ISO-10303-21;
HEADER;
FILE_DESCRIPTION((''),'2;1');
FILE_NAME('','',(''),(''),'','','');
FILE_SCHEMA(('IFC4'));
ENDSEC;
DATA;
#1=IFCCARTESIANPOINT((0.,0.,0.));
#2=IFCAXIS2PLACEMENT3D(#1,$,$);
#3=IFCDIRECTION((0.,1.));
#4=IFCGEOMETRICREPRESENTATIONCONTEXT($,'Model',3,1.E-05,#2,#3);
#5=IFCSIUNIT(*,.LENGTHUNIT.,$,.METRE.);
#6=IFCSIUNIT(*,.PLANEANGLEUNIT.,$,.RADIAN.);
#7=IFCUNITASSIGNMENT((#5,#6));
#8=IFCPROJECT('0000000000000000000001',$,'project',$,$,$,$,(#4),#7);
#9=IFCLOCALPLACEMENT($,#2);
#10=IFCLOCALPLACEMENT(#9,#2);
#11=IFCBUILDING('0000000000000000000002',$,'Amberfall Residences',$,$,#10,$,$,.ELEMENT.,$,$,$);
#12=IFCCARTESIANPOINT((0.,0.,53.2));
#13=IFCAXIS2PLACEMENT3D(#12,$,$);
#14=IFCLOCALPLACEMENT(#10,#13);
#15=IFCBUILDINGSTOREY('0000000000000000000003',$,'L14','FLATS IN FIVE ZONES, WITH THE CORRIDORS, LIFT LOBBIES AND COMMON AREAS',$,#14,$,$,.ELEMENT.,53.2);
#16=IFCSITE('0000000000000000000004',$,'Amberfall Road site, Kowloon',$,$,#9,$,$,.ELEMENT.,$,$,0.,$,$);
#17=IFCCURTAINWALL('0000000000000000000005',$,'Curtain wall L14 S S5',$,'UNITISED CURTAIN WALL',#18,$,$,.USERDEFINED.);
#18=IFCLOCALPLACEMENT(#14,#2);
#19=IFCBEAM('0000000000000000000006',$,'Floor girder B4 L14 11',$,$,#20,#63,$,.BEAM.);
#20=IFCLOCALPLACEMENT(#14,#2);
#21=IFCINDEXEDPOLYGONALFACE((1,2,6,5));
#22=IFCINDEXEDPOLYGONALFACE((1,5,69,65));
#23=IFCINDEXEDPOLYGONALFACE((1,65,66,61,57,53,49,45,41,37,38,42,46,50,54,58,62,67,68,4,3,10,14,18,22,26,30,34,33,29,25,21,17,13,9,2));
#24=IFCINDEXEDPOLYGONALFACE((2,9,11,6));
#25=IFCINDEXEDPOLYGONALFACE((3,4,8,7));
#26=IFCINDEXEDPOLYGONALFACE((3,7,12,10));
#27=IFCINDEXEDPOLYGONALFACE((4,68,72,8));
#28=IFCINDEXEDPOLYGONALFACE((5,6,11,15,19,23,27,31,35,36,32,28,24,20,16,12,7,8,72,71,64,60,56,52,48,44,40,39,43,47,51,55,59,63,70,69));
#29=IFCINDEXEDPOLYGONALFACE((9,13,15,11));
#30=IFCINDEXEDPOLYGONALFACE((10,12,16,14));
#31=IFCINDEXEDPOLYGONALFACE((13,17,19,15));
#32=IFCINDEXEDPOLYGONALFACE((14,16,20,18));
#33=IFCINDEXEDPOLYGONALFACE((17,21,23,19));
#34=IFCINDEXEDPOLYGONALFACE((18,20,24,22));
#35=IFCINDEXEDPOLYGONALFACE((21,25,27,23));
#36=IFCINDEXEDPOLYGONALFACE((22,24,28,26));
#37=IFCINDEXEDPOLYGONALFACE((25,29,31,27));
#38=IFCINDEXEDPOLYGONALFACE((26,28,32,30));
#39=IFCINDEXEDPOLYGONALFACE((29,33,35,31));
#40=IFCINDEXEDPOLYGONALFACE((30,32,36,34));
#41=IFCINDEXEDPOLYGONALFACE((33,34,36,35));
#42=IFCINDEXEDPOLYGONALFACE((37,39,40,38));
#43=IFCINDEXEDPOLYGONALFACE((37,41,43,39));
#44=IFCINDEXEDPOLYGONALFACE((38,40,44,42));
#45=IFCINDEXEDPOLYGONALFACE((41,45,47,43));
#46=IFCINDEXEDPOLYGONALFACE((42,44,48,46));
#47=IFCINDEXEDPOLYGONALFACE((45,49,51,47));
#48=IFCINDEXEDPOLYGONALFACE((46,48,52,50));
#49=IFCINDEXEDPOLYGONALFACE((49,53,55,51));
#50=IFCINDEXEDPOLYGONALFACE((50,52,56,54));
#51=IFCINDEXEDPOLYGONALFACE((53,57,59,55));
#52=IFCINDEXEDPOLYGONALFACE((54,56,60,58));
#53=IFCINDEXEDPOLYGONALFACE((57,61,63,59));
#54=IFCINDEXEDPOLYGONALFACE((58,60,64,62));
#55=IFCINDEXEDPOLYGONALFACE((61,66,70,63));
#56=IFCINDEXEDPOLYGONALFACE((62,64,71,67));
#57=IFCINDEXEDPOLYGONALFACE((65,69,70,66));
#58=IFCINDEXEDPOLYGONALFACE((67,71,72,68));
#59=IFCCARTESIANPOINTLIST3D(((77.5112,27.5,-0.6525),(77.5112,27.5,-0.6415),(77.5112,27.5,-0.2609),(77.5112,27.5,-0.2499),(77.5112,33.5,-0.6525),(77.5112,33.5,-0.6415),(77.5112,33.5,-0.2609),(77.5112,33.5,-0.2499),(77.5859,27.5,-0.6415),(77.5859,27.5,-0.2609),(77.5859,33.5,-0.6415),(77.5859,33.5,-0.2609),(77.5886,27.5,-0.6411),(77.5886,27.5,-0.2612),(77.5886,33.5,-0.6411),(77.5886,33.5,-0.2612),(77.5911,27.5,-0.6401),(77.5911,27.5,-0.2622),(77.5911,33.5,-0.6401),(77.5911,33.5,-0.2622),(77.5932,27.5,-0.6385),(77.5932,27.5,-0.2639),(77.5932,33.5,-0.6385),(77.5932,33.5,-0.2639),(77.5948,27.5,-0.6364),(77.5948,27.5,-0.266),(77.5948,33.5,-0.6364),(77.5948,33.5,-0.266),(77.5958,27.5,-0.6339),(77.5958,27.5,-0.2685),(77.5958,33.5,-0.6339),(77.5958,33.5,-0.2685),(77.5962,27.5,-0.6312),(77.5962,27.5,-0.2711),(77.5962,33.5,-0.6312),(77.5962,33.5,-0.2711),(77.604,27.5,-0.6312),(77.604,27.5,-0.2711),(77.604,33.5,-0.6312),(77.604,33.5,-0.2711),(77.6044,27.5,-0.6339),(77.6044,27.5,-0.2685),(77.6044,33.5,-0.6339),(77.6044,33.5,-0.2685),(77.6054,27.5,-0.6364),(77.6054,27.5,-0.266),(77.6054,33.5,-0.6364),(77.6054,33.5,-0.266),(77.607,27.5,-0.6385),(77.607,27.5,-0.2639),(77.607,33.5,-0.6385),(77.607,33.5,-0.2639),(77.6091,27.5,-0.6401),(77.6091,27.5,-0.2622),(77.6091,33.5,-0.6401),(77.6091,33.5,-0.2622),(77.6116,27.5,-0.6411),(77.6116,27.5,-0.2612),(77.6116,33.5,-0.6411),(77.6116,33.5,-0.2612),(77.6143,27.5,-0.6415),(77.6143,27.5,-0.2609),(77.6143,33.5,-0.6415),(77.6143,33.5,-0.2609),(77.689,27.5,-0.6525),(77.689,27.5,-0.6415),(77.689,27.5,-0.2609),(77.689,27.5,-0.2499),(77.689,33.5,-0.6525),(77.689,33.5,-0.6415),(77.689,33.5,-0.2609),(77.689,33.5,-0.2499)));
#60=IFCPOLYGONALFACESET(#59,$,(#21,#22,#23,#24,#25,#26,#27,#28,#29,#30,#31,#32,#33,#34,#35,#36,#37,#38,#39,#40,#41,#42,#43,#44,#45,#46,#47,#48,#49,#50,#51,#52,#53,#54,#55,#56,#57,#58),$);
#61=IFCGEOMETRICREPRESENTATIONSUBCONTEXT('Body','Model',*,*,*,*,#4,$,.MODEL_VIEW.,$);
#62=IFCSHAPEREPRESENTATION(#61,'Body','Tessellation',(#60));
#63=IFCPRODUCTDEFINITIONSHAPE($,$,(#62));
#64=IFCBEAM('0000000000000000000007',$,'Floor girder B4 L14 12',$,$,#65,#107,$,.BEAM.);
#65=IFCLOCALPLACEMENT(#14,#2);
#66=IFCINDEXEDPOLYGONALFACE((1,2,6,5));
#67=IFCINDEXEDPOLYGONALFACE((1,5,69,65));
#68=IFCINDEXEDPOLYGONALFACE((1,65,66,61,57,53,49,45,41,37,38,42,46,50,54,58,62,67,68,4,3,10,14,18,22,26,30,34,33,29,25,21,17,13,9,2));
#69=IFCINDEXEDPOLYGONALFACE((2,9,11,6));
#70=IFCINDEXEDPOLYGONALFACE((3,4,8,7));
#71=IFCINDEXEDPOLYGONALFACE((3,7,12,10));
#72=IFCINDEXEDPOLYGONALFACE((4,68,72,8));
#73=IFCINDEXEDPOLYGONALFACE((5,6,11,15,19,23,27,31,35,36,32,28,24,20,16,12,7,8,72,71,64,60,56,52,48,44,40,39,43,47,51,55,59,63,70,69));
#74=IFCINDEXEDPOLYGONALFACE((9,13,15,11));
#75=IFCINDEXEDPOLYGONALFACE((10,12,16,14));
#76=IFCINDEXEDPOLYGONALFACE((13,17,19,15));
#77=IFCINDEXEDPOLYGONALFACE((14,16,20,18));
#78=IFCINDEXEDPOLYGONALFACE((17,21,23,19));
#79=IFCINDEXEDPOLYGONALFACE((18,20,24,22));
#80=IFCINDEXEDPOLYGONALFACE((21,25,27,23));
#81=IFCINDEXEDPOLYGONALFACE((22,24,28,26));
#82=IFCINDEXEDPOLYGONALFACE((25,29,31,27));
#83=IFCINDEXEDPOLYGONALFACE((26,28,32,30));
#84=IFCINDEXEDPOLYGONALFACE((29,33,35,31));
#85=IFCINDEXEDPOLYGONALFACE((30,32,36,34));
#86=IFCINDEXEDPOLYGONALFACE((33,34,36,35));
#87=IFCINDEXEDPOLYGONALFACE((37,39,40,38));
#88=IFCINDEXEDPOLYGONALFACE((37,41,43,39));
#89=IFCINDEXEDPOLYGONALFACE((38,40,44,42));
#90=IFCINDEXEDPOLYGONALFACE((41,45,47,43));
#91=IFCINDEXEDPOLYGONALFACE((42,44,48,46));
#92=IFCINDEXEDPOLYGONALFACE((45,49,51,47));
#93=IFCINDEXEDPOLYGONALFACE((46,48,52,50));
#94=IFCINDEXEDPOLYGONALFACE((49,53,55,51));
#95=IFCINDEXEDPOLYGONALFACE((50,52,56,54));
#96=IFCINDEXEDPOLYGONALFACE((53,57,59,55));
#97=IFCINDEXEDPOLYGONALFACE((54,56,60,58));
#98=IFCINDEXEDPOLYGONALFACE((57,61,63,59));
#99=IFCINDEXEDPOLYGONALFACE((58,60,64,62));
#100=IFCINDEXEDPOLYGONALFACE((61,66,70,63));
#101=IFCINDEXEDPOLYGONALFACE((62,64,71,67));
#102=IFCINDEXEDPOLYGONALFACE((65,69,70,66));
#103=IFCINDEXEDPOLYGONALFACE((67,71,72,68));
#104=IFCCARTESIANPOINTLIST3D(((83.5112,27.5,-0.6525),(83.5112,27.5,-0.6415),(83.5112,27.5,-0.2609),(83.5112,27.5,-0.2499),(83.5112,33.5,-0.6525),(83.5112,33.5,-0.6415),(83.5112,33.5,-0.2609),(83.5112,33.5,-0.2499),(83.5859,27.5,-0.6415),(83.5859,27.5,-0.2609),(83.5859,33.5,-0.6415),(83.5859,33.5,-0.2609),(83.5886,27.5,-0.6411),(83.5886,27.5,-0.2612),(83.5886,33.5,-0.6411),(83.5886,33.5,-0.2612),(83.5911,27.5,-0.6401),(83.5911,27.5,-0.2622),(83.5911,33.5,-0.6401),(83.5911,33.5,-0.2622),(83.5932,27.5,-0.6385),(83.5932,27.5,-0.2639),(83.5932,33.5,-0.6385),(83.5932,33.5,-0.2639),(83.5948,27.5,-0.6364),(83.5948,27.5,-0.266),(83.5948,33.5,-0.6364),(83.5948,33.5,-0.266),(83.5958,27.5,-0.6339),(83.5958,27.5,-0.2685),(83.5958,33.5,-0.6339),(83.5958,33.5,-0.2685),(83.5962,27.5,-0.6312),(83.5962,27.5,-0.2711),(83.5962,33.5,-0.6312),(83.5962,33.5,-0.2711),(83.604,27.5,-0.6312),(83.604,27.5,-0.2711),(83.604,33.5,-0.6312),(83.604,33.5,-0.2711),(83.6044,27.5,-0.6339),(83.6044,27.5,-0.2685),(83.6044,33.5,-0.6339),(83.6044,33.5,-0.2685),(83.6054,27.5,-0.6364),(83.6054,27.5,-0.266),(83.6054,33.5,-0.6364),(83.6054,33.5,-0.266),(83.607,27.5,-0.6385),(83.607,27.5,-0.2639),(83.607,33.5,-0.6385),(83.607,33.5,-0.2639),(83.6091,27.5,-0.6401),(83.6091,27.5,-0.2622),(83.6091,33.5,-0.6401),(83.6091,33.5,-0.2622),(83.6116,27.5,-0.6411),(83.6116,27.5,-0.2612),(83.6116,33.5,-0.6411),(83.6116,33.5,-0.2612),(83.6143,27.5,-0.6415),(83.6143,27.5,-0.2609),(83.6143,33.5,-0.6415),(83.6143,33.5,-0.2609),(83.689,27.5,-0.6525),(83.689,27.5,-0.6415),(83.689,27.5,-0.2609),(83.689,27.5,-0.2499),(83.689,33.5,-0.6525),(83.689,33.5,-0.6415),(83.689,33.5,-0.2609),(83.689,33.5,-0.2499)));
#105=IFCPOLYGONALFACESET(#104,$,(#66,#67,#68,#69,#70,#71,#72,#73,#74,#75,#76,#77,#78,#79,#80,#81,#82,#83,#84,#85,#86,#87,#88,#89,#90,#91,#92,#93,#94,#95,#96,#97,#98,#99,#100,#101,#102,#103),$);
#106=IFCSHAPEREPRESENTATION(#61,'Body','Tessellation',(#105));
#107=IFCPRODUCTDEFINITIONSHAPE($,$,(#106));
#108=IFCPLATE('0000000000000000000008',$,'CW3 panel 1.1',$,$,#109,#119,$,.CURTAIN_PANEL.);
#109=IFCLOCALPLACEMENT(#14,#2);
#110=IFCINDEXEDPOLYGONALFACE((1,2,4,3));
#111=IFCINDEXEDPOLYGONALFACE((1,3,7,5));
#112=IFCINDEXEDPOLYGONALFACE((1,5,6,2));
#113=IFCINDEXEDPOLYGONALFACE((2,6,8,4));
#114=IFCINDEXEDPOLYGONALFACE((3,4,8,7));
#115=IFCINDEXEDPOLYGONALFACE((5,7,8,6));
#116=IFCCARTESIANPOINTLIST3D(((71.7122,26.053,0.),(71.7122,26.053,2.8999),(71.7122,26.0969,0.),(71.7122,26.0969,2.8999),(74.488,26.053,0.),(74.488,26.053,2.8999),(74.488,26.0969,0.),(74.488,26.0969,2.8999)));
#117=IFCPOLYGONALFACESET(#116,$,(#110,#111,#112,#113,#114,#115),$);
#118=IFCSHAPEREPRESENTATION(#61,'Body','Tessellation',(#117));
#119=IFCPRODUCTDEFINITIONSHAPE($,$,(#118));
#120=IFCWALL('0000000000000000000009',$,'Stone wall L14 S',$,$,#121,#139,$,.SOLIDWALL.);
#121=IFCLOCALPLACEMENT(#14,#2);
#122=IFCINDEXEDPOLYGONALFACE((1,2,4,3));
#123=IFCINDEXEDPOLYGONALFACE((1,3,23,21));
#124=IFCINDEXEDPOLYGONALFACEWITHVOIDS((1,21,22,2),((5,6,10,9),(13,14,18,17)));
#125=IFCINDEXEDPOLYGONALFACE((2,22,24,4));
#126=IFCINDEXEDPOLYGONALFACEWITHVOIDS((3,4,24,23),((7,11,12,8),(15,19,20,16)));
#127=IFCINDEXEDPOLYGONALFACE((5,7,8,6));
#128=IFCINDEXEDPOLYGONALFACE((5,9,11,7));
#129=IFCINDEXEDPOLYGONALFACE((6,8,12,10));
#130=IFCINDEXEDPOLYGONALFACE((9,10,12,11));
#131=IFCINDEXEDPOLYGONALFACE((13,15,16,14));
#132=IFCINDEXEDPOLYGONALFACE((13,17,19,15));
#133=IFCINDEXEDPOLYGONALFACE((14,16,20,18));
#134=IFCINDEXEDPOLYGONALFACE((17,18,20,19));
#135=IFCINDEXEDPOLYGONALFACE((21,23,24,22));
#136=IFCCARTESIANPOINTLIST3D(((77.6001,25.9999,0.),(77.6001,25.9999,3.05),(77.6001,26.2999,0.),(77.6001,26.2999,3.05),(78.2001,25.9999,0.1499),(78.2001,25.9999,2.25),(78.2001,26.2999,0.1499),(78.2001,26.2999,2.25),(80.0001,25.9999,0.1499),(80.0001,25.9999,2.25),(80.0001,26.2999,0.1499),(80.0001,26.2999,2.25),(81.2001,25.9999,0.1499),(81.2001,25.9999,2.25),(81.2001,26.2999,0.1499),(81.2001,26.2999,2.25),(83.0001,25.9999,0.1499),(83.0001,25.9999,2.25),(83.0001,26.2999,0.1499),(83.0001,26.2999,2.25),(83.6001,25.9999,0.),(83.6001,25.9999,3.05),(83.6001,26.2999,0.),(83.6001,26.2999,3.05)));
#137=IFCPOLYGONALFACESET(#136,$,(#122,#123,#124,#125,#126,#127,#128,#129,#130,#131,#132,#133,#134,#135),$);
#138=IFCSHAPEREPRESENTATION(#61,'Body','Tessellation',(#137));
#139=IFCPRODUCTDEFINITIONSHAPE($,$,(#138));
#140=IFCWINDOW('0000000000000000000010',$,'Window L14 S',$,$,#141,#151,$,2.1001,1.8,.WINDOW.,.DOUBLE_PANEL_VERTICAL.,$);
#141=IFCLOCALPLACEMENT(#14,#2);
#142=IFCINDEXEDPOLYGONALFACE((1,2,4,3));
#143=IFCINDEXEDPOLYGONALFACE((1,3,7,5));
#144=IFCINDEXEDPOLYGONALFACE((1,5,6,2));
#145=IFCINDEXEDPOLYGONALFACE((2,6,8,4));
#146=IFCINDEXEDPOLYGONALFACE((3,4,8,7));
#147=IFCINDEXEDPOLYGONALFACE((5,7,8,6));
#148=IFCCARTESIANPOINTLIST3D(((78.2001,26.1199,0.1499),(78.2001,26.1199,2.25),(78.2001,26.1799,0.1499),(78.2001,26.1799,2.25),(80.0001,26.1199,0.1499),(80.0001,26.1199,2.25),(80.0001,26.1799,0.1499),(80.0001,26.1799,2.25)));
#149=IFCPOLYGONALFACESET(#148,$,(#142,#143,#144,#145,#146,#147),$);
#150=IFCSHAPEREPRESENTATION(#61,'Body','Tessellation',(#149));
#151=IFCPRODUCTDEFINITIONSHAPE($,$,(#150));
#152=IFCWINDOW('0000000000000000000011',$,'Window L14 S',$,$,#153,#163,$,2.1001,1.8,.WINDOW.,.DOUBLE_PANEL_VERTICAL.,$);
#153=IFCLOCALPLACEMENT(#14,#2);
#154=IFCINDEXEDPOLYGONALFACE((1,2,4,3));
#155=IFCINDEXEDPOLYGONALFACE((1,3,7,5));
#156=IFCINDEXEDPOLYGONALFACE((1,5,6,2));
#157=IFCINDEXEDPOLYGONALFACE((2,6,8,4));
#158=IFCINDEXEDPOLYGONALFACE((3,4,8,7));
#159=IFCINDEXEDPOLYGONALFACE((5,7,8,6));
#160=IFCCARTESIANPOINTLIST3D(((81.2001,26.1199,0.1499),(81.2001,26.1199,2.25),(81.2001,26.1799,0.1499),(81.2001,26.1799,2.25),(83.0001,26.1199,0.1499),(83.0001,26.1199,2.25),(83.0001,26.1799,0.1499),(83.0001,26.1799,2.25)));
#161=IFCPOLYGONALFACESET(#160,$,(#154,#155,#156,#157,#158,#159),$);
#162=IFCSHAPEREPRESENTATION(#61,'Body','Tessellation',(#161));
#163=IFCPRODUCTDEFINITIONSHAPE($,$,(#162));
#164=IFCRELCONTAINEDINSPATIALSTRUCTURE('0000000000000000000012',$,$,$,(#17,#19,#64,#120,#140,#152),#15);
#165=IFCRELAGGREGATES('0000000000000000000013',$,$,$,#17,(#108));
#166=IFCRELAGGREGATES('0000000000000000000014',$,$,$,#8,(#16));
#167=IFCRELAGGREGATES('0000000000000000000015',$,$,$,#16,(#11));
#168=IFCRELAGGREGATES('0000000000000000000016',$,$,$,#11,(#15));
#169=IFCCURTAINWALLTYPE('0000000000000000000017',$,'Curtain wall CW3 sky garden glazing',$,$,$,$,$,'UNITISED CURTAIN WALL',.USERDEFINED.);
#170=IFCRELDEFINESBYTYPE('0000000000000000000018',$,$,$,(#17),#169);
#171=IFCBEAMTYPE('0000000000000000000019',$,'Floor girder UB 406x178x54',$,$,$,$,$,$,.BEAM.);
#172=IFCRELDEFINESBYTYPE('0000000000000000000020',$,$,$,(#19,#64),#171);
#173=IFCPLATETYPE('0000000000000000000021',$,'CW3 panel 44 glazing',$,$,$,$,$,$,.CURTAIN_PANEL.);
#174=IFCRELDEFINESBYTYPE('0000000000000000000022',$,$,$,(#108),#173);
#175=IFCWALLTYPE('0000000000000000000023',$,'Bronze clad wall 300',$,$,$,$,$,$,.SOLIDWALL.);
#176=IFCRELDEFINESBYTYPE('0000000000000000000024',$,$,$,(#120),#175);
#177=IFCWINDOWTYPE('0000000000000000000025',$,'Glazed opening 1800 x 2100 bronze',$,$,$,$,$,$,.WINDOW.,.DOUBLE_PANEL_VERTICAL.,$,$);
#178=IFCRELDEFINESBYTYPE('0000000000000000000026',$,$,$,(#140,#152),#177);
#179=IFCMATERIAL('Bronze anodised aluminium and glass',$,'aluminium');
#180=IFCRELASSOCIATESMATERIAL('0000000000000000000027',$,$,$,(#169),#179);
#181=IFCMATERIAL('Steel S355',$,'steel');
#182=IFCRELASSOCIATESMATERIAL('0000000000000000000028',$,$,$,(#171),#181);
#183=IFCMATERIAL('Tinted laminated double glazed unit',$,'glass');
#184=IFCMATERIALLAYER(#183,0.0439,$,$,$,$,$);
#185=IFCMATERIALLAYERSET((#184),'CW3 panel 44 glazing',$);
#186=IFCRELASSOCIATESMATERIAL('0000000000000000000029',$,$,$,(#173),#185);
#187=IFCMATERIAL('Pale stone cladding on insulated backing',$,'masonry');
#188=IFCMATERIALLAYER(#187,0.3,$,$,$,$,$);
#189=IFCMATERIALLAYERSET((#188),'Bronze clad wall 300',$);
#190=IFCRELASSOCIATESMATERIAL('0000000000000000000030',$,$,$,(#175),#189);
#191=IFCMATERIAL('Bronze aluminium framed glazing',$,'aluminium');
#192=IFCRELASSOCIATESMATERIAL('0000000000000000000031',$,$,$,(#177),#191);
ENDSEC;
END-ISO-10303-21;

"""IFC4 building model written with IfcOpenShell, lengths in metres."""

from ifc_helpers import new_model, si_unit, direction, frame, frame_2d, origin, origin_2d, place, context, subcontext, project, spatial, rectangle, i_section, extrude, material, layer, layer_set, material_profile, profile_set, type_object, element, fill, aggregate, save


model = new_model("IFC4")

# Units and contexts
model_context = context("Model", 3, precision=1e-05, world=origin(), true_north=direction((0.0, 1.0)))
body_context = subcontext(model_context, "Body", "Model", "MODEL_VIEW")
ifc_project = project(units=[si_unit("LENGTHUNIT", "METRE"), si_unit("PLANEANGLEUNIT", "RADIAN")], contexts=[model_context])

# Site, building, storey
site_placement = place(None, origin())
site = spatial("IfcSite", under=ifc_project, at=site_placement, Name="Amberfall Road site, Kowloon", CompositionType="ELEMENT", RefElevation=0.0)
building_placement = place(site_placement, origin())
building = spatial("IfcBuilding", under=site, at=building_placement, Name="Amberfall Residences", CompositionType="ELEMENT")
storey_placement = place(building_placement, frame((0.0, 0.0, 53.2)))
storey = spatial("IfcBuildingStorey", under=building, at=storey_placement, Name="L14", Description="FLATS IN FIVE ZONES, WITH THE CORRIDORS, LIFT LOBBIES AND COMMON AREAS", CompositionType="ELEMENT", Elevation=53.2)

# Curtain wall
ifc_material_1 = material(Name="Bronze anodised aluminium and glass", Category="aluminium")
curtain_wall_type = type_object("IfcCurtainWallType", Name="Curtain wall CW3 sky garden glazing", ElementType="UNITISED CURTAIN WALL", PredefinedType="USERDEFINED", material=ifc_material_1)
curtain_wall_placement = place(storey_placement, origin())
curtain_wall = element("IfcCurtainWall", 1, at=curtain_wall_placement, inside=storey, type_object=curtain_wall_type, Name="Curtain wall L14 S S5", ObjectType="UNITISED CURTAIN WALL", PredefinedType="USERDEFINED")

# Beams
ifc_material_2 = material(Name="Steel S355", Category="steel")
ifc_material_profile_1 = material_profile(ifc_material_2, i_section(OverallWidth=0.1777, OverallDepth=0.4026, WebThickness=0.0078, FlangeThickness=0.011, FilletRadius=0.0103, at=origin_2d()), Name="UB 406x178x54")
ifc_profile_set_1 = profile_set([ifc_material_profile_1], Name="Steel S355")
beam_type_1 = type_object("IfcBeamType", Name="Floor girder UB 406x178x54", PredefinedType="BEAM", material=ifc_profile_set_1)
for number, where, z_axis, x_axis, name in (
    (2, (77.6001, 27.5, -0.4512), (0.0, 1.0, 0.0), (-1.0, 0.0, 0.0), "Floor girder B4 L14 11"),
    (3, (83.6001, 27.5, -0.4512), (0.0, 1.0, 0.0), (-1.0, 0.0, 0.0), "Floor girder B4 L14 12"),
):
    element("IfcBeam", number, at=place(storey_placement, frame(where, z_axis=z_axis, x_axis=x_axis)), inside=storey, type_object=beam_type_1, Name=name, PredefinedType="BEAM", context=body_context, shape_type="SweptSolid", body=[
        extrude(i_section(OverallWidth=0.1777, OverallDepth=0.4026, WebThickness=0.0078, FlangeThickness=0.011, FilletRadius=0.0103, at=origin_2d()), origin(), (0.0, 0.0, 1.0), 6.0),
    ])

# Plate
ifc_material_3 = material(Name="Tinted laminated double glazed unit", Category="glass")
ifc_layer_1 = layer(ifc_material_3, 0.0439)
ifc_layer_set_1 = layer_set([ifc_layer_1], Name="CW3 panel 44 glazing")
plate_type = type_object("IfcPlateType", Name="CW3 panel 44 glazing", PredefinedType="CURTAIN_PANEL", material=ifc_layer_set_1)
plate_placement = place(storey_placement, frame((73.1001, 26.075, 0.0), z_axis=(0.0, 0.0, 1.0), x_axis=(1.0, 0.0, 0.0)))
plate = element("IfcPlate", 4, at=plate_placement, type_object=plate_type, Name="CW3 panel 1.1", PredefinedType="CURTAIN_PANEL", context=body_context, shape_type="SweptSolid", body=[
    extrude(rectangle(XDim=2.7759, YDim=0.0439, at=origin_2d()), origin(), (0.0, 0.0, 1.0), 2.8999),
])
aggregate(curtain_wall, [plate])

# Wall, openings, windows
ifc_material_4 = material(Name="Pale stone cladding on insulated backing", Category="masonry")
ifc_layer_2 = layer(ifc_material_4, 0.3)
ifc_layer_set_2 = layer_set([ifc_layer_2], Name="Bronze clad wall 300")
wall_type_1 = type_object("IfcWallType", Name="Bronze clad wall 300", PredefinedType="SOLIDWALL", material=ifc_layer_set_2)
wall_1_placement = place(storey_placement, frame((77.6001, 26.1499, 0.0), z_axis=(0.0, 0.0, 1.0), x_axis=(1.0, 0.0, 0.0)))
wall_1 = element("IfcWall", 5, at=wall_1_placement, inside=storey, type_object=wall_type_1, Name="Stone wall L14 S", PredefinedType="SOLIDWALL", context=body_context, shape_type="SweptSolid", body=[
    extrude(rectangle(XDim=6.0, YDim=0.3, at=frame_2d((3.0, 0.0))), origin(), (0.0, 0.0, 1.0), 3.05),
])
opening_1_placement = place(wall_1_placement, frame((0.6001, 0.0, 0.1499)))
opening_1 = element("IfcOpeningElement", 6, at=opening_1_placement, cuts=wall_1, PredefinedType="OPENING", context=body_context, shape_type="SweptSolid", body=[
    extrude(rectangle(XDim=1.8, YDim=2.1001, at=frame_2d((0.8999, 1.05))), frame((0.0, 0.1599, 0.0), z_axis=(0.0, -1.0, 0.0), x_axis=(1.0, 0.0, 0.0)), (0.0, 0.0, 1.0), 0.3201),
])
opening_2_placement = place(wall_1_placement, frame((3.6001, 0.0, 0.1499)))
opening_2 = element("IfcOpeningElement", 7, at=opening_2_placement, cuts=wall_1, PredefinedType="OPENING", context=body_context, shape_type="SweptSolid", body=[
    extrude(rectangle(XDim=1.8, YDim=2.1001, at=frame_2d((0.8999, 1.05))), frame((0.0, 0.1599, 0.0), z_axis=(0.0, -1.0, 0.0), x_axis=(1.0, 0.0, 0.0)), (0.0, 0.0, 1.0), 0.3201),
])
ifc_material_5 = material(Name="Bronze aluminium framed glazing", Category="aluminium")
window_type = type_object("IfcWindowType", Name="Glazed opening 1800 x 2100 bronze", PartitioningType="DOUBLE_PANEL_VERTICAL", PredefinedType="WINDOW", material=ifc_material_5)
window_1_placement = place(opening_1_placement, origin())
window_1 = element("IfcWindow", 8, at=window_1_placement, inside=storey, type_object=window_type, Name="Window L14 S", OverallHeight=2.1001, OverallWidth=1.8, PartitioningType="DOUBLE_PANEL_VERTICAL", PredefinedType="WINDOW", context=body_context, shape_type="SweptSolid", body=[
    extrude(rectangle(XDim=1.8, YDim=2.1001, at=frame_2d((0.8999, 1.05))), frame((0.0, 0.03, 0.0), z_axis=(0.0, -1.0, 0.0), x_axis=(1.0, 0.0, 0.0)), (0.0, 0.0, 1.0), 0.0601),
])
fill(opening_1, window_1)
window_2_placement = place(opening_2_placement, origin())
window_2 = element("IfcWindow", 9, at=window_2_placement, inside=storey, type_object=window_type, Name="Window L14 S", OverallHeight=2.1001, OverallWidth=1.8, PartitioningType="DOUBLE_PANEL_VERTICAL", PredefinedType="WINDOW", context=body_context, shape_type="SweptSolid", body=[
    extrude(rectangle(XDim=1.8, YDim=2.1001, at=frame_2d((0.8999, 1.05))), frame((0.0, 0.03, 0.0), z_axis=(0.0, -1.0, 0.0), x_axis=(1.0, 0.0, 0.0)), (0.0, 0.0, 1.0), 0.0601),
])
fill(opening_2, window_2)

save(model, "model.ifc")
